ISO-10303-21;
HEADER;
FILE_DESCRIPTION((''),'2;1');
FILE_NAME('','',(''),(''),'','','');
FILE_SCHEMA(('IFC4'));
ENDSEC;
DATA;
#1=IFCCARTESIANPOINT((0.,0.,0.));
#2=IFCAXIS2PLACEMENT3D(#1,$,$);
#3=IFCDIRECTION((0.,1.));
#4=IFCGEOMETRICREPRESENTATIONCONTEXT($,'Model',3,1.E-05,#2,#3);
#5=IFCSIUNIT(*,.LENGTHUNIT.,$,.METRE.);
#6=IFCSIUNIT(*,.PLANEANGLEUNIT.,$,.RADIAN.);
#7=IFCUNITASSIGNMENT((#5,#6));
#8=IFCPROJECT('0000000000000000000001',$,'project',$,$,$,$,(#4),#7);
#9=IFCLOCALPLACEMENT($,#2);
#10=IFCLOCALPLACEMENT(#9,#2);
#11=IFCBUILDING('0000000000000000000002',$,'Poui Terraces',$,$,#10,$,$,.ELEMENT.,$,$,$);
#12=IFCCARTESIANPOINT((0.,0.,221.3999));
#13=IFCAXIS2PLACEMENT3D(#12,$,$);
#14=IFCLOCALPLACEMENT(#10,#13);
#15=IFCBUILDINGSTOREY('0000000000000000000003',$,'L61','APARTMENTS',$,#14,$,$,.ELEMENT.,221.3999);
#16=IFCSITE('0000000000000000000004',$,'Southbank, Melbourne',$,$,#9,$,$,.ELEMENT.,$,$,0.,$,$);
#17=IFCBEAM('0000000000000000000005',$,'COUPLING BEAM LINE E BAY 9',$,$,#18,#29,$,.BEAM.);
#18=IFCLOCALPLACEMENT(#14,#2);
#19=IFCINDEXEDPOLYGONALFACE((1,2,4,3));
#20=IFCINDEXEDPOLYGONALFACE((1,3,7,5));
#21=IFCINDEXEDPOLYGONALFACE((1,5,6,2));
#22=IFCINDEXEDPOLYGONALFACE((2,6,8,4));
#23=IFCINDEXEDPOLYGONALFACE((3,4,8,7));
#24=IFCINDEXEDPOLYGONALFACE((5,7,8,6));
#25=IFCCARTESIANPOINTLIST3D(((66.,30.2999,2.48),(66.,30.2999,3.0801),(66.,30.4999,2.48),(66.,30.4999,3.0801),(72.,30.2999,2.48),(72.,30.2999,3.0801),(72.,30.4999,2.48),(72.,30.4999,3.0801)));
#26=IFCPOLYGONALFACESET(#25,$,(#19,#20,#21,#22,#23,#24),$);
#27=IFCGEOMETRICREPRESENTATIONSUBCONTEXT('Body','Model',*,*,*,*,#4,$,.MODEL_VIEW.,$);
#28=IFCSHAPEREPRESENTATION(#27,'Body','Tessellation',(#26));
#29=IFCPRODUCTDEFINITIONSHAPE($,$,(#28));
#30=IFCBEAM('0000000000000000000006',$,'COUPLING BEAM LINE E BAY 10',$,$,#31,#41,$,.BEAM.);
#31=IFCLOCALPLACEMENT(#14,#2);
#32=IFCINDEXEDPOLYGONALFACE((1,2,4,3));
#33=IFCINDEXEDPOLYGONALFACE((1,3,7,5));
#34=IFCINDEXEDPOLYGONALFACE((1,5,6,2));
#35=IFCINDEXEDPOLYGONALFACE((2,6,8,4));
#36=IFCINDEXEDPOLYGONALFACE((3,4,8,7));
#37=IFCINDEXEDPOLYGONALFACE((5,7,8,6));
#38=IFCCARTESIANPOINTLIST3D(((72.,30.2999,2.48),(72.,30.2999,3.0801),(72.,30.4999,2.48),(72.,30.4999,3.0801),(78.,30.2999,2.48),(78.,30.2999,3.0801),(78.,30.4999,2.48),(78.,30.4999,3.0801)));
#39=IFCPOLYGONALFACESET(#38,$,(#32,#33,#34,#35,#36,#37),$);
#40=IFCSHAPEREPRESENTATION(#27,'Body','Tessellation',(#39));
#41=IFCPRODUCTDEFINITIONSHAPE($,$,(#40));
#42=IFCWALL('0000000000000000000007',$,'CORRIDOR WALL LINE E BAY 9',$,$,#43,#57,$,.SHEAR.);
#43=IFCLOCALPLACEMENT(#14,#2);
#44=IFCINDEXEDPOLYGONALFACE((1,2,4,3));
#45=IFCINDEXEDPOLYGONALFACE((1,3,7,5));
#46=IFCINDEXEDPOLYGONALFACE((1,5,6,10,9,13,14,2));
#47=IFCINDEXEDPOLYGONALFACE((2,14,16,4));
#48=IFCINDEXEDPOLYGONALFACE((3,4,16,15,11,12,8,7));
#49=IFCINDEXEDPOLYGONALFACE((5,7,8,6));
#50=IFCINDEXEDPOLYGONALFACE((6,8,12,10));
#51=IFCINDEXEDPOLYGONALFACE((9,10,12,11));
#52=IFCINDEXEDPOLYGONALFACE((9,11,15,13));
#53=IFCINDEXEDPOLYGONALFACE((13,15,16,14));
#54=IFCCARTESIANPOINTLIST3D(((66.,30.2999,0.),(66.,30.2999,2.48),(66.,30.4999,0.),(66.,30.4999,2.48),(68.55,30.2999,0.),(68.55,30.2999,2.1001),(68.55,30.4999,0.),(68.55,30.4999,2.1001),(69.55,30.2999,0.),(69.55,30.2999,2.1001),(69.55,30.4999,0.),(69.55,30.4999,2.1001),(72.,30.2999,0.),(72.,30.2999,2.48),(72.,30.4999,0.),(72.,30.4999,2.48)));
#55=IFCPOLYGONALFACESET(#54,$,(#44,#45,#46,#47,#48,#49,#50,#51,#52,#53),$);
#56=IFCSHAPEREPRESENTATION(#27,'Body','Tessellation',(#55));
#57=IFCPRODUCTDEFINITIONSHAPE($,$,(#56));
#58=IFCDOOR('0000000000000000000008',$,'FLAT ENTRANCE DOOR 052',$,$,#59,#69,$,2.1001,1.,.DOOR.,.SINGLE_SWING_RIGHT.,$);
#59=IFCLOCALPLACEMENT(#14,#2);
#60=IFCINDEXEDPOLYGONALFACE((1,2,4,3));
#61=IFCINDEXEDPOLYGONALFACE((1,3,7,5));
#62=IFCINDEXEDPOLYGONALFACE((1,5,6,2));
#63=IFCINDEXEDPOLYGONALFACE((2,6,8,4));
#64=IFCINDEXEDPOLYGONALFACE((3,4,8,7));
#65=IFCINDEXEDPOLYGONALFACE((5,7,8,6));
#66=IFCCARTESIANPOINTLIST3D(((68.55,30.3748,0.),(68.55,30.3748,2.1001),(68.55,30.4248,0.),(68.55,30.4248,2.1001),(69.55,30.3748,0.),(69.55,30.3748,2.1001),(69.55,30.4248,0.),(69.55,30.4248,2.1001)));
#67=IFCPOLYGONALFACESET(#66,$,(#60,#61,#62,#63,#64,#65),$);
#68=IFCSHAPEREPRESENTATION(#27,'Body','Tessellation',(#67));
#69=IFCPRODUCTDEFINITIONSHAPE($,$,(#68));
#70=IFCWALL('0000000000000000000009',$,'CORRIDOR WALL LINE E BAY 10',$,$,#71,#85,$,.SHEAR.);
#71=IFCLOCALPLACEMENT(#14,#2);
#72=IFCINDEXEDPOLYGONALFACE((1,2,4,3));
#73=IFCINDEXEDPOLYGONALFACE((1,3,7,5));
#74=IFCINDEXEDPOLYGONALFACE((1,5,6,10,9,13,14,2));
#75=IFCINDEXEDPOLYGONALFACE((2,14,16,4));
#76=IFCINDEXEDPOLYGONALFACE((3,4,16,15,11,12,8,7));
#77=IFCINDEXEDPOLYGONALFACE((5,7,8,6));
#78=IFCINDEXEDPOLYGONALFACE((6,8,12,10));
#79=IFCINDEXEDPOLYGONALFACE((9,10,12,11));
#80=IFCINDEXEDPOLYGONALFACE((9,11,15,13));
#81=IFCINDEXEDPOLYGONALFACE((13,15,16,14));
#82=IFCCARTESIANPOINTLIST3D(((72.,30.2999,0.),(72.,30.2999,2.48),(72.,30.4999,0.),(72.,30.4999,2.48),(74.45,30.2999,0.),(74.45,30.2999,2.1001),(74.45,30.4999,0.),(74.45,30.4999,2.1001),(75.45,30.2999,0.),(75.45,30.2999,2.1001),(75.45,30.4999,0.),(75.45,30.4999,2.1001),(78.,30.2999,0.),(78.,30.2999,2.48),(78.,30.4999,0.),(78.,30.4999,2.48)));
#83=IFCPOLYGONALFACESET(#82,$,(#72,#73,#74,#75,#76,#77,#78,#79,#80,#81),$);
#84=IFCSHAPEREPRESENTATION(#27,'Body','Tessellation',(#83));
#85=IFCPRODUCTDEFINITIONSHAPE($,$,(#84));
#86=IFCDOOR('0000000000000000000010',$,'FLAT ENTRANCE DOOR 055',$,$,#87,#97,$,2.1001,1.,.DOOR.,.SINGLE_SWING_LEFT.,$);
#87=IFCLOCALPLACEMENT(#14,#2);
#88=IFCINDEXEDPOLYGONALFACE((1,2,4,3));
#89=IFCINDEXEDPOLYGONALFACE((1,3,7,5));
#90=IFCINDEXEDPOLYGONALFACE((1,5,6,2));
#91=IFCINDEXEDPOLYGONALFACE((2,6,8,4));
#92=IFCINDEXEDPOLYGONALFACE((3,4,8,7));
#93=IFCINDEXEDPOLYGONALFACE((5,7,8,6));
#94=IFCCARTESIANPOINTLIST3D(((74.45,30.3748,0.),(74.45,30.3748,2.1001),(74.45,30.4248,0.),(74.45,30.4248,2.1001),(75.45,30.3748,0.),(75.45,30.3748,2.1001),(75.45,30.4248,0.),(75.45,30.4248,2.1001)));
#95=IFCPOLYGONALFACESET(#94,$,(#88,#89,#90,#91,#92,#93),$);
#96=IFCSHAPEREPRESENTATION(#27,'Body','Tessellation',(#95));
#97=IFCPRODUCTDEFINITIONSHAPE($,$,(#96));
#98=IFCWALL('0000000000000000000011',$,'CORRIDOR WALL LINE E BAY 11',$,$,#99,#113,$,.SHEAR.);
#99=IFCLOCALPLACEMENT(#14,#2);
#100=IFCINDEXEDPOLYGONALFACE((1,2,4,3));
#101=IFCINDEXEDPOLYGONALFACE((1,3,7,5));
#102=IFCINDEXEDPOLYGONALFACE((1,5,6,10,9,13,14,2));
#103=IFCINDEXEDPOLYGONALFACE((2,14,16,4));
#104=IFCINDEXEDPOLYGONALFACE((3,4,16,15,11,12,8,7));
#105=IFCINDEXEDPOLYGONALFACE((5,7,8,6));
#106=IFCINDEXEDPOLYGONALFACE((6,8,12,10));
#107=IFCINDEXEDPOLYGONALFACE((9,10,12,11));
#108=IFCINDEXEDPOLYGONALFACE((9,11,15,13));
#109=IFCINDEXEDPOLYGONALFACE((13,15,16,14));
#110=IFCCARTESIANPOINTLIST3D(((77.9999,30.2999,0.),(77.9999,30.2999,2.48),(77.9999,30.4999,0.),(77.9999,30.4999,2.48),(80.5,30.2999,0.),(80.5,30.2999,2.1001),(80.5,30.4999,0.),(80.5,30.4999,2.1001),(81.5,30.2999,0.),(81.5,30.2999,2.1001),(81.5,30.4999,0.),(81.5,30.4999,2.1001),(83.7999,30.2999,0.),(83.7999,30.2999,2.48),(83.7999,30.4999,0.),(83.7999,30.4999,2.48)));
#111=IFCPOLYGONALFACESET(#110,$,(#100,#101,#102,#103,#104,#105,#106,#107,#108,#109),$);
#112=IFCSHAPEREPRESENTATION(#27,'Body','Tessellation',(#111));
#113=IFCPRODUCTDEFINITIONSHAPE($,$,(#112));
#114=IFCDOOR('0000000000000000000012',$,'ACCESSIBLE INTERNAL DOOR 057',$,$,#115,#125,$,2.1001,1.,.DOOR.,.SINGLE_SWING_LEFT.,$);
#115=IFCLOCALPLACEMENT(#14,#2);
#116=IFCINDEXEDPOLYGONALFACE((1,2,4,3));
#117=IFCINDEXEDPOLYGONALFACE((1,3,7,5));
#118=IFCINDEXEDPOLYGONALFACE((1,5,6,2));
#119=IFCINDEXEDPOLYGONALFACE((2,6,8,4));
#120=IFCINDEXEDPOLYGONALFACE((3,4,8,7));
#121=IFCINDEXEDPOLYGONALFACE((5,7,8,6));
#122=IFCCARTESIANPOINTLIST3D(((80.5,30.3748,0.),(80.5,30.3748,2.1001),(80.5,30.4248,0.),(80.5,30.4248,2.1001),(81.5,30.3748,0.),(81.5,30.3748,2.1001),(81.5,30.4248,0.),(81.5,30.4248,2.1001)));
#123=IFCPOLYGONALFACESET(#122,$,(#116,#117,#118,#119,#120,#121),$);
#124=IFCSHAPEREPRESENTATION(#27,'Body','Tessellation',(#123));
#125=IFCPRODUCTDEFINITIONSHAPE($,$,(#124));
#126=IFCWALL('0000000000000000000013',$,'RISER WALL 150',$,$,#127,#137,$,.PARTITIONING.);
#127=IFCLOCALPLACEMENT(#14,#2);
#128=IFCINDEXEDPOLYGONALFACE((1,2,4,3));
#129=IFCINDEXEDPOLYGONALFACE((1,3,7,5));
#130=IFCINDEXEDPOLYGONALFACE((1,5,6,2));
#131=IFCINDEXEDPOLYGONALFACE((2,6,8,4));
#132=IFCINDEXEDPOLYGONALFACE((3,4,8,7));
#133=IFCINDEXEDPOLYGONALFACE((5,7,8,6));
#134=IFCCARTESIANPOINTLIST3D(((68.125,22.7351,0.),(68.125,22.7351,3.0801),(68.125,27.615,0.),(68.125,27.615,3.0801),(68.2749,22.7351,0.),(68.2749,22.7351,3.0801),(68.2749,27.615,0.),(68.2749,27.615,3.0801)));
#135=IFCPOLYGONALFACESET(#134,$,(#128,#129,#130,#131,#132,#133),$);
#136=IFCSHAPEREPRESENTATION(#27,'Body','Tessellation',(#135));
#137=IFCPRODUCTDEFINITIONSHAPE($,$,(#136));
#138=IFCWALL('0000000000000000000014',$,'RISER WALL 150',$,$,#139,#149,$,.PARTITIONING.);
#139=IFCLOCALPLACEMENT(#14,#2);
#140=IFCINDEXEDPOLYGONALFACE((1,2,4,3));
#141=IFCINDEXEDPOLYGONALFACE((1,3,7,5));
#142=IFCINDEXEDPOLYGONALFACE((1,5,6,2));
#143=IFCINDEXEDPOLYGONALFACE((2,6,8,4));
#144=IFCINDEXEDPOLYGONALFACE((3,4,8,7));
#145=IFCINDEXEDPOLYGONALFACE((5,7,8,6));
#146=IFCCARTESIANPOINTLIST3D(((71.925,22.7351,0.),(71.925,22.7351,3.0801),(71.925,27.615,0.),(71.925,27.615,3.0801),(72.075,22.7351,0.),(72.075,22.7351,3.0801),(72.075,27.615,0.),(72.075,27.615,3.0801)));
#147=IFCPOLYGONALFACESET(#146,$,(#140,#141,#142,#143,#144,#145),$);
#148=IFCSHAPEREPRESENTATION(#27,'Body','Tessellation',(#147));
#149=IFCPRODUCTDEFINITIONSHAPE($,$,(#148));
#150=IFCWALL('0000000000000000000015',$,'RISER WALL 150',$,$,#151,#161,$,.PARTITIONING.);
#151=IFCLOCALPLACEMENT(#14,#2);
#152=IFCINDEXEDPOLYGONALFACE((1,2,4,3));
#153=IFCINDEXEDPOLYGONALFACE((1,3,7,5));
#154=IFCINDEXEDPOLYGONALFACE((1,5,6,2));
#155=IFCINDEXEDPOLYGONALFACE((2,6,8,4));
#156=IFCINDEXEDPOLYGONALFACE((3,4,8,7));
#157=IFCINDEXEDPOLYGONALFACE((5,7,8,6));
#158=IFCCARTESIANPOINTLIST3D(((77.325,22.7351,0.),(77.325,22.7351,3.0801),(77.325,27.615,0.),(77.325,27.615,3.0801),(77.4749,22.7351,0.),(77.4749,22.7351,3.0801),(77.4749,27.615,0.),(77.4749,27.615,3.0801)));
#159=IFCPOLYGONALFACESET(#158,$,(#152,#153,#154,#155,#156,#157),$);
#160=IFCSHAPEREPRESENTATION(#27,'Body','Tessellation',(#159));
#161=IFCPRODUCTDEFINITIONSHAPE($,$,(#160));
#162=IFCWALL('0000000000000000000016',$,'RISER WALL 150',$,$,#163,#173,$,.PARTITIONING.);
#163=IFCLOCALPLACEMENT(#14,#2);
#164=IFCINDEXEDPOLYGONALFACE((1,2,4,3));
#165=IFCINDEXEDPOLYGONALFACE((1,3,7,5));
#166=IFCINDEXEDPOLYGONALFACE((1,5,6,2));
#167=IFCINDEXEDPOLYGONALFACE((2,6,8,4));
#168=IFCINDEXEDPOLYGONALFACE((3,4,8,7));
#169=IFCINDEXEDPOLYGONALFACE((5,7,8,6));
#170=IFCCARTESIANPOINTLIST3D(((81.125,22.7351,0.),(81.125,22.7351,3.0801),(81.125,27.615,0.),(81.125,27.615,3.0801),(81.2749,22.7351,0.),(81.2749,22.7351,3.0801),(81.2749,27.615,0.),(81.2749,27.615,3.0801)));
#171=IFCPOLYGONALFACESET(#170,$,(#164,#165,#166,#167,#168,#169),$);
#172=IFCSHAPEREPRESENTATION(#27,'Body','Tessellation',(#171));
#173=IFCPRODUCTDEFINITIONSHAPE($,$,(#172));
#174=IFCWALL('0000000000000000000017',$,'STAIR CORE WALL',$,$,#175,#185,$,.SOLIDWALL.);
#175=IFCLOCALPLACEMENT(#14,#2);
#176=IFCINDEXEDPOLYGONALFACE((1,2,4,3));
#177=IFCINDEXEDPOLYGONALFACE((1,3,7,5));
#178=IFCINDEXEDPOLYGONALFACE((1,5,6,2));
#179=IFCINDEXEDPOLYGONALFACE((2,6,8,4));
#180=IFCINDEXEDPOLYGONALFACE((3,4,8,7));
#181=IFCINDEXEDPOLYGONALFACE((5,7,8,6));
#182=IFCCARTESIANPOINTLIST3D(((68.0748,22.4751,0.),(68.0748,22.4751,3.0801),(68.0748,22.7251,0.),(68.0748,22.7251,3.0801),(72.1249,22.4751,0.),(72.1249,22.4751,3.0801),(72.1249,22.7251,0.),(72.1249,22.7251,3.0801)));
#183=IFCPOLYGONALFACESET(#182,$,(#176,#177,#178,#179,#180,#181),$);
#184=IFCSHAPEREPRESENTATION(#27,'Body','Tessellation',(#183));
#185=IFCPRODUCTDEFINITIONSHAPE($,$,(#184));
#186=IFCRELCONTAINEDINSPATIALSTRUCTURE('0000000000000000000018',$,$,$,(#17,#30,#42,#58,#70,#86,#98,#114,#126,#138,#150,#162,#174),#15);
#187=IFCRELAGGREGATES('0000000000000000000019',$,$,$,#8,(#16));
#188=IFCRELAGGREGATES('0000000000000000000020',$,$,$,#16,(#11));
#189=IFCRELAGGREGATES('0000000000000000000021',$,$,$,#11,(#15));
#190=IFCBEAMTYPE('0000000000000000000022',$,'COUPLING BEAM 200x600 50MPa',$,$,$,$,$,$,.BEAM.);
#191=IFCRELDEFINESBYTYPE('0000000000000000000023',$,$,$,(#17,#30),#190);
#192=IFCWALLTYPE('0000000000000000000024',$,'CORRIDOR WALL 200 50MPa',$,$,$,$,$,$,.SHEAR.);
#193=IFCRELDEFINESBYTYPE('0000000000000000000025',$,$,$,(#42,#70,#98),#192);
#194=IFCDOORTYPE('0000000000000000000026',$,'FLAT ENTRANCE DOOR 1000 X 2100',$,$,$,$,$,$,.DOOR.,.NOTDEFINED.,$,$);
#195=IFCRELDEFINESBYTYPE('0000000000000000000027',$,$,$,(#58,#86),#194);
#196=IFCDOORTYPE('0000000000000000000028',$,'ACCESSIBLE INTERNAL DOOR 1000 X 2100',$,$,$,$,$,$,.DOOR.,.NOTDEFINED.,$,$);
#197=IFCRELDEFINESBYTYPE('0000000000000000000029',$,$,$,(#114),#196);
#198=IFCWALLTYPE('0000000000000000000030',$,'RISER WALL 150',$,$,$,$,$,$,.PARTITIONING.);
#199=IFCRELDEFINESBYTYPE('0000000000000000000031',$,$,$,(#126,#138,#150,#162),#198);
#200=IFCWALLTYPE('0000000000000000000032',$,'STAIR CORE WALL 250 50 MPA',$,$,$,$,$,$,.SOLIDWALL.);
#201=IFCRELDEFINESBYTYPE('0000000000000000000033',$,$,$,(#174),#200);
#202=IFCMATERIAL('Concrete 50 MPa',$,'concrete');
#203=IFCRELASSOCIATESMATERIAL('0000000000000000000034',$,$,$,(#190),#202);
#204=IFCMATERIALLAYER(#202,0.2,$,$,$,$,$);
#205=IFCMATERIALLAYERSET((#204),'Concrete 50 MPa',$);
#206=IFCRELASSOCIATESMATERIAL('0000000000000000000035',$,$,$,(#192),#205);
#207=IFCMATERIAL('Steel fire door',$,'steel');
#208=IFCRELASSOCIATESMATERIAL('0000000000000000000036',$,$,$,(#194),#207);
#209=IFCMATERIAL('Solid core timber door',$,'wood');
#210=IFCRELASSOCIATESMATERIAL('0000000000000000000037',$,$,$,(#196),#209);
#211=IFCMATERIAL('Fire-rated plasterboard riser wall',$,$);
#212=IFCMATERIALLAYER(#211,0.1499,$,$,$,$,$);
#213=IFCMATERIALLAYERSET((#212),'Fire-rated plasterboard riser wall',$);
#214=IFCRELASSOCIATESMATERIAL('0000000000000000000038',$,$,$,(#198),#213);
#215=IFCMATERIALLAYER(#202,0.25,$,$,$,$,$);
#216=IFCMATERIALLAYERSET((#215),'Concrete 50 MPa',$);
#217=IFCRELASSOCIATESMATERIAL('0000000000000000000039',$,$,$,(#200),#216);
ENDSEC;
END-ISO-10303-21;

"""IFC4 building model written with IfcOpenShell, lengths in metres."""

from ifc_helpers import new_model, si_unit, direction, frame, frame_2d, origin, origin_2d, place, context, subcontext, project, spatial, rectangle, extrude, source, transform, mapped, material, layer, layer_set, material_profile, profile_set, type_object, element, fill, save


model = new_model("IFC4")

# Units and contexts
model_context = context("Model", 3, precision=1e-05, world=origin(), true_north=direction((0.0, 1.0)))
body_context = subcontext(model_context, "Body", "Model", "MODEL_VIEW")
ifc_project = project(units=[si_unit("LENGTHUNIT", "METRE"), si_unit("PLANEANGLEUNIT", "RADIAN")], contexts=[model_context])

# Site, building, storey
site_placement = place(None, origin())
site = spatial("IfcSite", under=ifc_project, at=site_placement, Name="Southbank, Melbourne", CompositionType="ELEMENT", RefElevation=0.0)
building_placement = place(site_placement, origin())
building = spatial("IfcBuilding", under=site, at=building_placement, Name="Poui Terraces", CompositionType="ELEMENT")
storey_placement = place(building_placement, frame((0.0, 0.0, 221.3999)))
storey = spatial("IfcBuildingStorey", under=building, at=storey_placement, Name="L61", Description="APARTMENTS", CompositionType="ELEMENT", Elevation=221.3999)

# Beams
ifc_material_1 = material(Name="Concrete 50 MPa", Category="concrete")
ifc_material_profile = material_profile(ifc_material_1, rectangle(XDim=0.2, YDim=0.6001, at=origin_2d()), Name="RC 200x600")
ifc_profile_set = profile_set([ifc_material_profile], Name="Concrete 50 MPa")
beam_type = type_object("IfcBeamType", Name="COUPLING BEAM 200x600 50MPa", PredefinedType="BEAM", material=ifc_profile_set)
shared_shape = source(origin(), body_context, "Body", "SweptSolid", [
    extrude(rectangle(XDim=0.2, YDim=0.6001, at=origin_2d()), origin(), (0.0, 0.0, 1.0), 6.0),
])
for number, where, z_axis, x_axis, name in (
    (1, (66.0, 30.3999, 2.78), (1.0, 0.0, 0.0), (0.0, 1.0, 0.0), "COUPLING BEAM LINE E BAY 9"),
    (2, (72.0, 30.3999, 2.78), (1.0, 0.0, 0.0), (0.0, 1.0, 0.0), "COUPLING BEAM LINE E BAY 10"),
):
    element("IfcBeam", number, at=place(storey_placement, frame(where, z_axis=z_axis, x_axis=x_axis)), inside=storey, type_object=beam_type, Name=name, PredefinedType="BEAM", context=body_context, shape_type="MappedRepresentation", body=[
        mapped(shared_shape, transform((0.0, 0.0, 0.0))),
    ])

# Walls, openings, doors
ifc_layer_1 = layer(ifc_material_1, 0.2)
ifc_layer_set_1 = layer_set([ifc_layer_1], Name="Concrete 50 MPa")
wall_type_1 = type_object("IfcWallType", Name="CORRIDOR WALL 200 50MPa", PredefinedType="SHEAR", material=ifc_layer_set_1)
wall_1_placement = place(storey_placement, frame((66.0, 30.3999, 0.0), z_axis=(0.0, 0.0, 1.0), x_axis=(1.0, 0.0, 0.0)))
wall_1 = element("IfcWall", 3, at=wall_1_placement, inside=storey, type_object=wall_type_1, Name="CORRIDOR WALL LINE E BAY 9", PredefinedType="SHEAR", context=body_context, shape_type="SweptSolid", body=[
    extrude(rectangle(XDim=6.0, YDim=0.2, at=frame_2d((3.0, 0.0))), origin(), (0.0, 0.0, 1.0), 2.48),
])
opening_1_placement = place(wall_1_placement, frame((2.55, 0.0, 0.0)))
opening_1 = element("IfcOpeningElement", 4, at=opening_1_placement, cuts=wall_1, PredefinedType="OPENING", context=body_context, shape_type="SweptSolid", body=[
    extrude(rectangle(XDim=1.0, YDim=2.1001, at=frame_2d((0.5, 1.05))), frame((0.0, 0.1099, 0.0), z_axis=(0.0, -1.0, 0.0), x_axis=(1.0, 0.0, 0.0)), (0.0, 0.0, 1.0), 0.22),
])
ifc_material_2 = material(Name="Steel fire door", Category="steel")
door_type_1 = type_object("IfcDoorType", Name="FLAT ENTRANCE DOOR 1000 X 2100", OperationType="NOTDEFINED", PredefinedType="DOOR", material=ifc_material_2)
door_1_placement = place(opening_1_placement, origin())
door_1 = element("IfcDoor", 5, at=door_1_placement, inside=storey, type_object=door_type_1, Name="FLAT ENTRANCE DOOR 052", OperationType="SINGLE_SWING_RIGHT", OverallHeight=2.1001, OverallWidth=1.0, PredefinedType="DOOR", context=body_context, shape_type="SweptSolid", body=[
    extrude(rectangle(XDim=1.0, YDim=2.1001, at=frame_2d((0.5, 1.05))), frame((0.0, 0.0249, 0.0), z_axis=(0.0, -1.0, 0.0), x_axis=(1.0, 0.0, 0.0)), (0.0, 0.0, 1.0), 0.05),
])
fill(opening_1, door_1)
wall_2_placement = place(storey_placement, frame((72.0, 30.3999, 0.0), z_axis=(0.0, 0.0, 1.0), x_axis=(1.0, 0.0, 0.0)))
wall_2 = element("IfcWall", 6, at=wall_2_placement, inside=storey, type_object=wall_type_1, Name="CORRIDOR WALL LINE E BAY 10", PredefinedType="SHEAR", context=body_context, shape_type="SweptSolid", body=[
    extrude(rectangle(XDim=6.0, YDim=0.2, at=frame_2d((3.0, 0.0))), origin(), (0.0, 0.0, 1.0), 2.48),
])
opening_2_placement = place(wall_2_placement, frame((2.45, 0.0, 0.0)))
opening_2 = element("IfcOpeningElement", 7, at=opening_2_placement, cuts=wall_2, PredefinedType="OPENING", context=body_context, shape_type="SweptSolid", body=[
    extrude(rectangle(XDim=1.0, YDim=2.1001, at=frame_2d((0.5, 1.05))), frame((0.0, 0.1099, 0.0), z_axis=(0.0, -1.0, 0.0), x_axis=(1.0, 0.0, 0.0)), (0.0, 0.0, 1.0), 0.22),
])
door_2_placement = place(opening_2_placement, origin())
door_2 = element("IfcDoor", 8, at=door_2_placement, inside=storey, type_object=door_type_1, Name="FLAT ENTRANCE DOOR 055", OperationType="SINGLE_SWING_LEFT", OverallHeight=2.1001, OverallWidth=1.0, PredefinedType="DOOR", context=body_context, shape_type="SweptSolid", body=[
    extrude(rectangle(XDim=1.0, YDim=2.1001, at=frame_2d((0.5, 1.05))), frame((0.0, 0.0249, 0.0), z_axis=(0.0, -1.0, 0.0), x_axis=(1.0, 0.0, 0.0)), (0.0, 0.0, 1.0), 0.05),
])
fill(opening_2, door_2)
wall_3_placement = place(storey_placement, frame((78.0, 30.3999, 0.0), z_axis=(0.0, 0.0, 1.0), x_axis=(1.0, 0.0, 0.0)))
wall_3 = element("IfcWall", 9, at=wall_3_placement, inside=storey, type_object=wall_type_1, Name="CORRIDOR WALL LINE E BAY 11", PredefinedType="SHEAR", context=body_context, shape_type="SweptSolid", body=[
    extrude(rectangle(XDim=5.8, YDim=0.2, at=frame_2d((2.8999, 0.0))), origin(), (0.0, 0.0, 1.0), 2.48),
])
opening_3_placement = place(wall_3_placement, frame((2.5, 0.0, 0.0)))
opening_3 = element("IfcOpeningElement", 10, at=opening_3_placement, cuts=wall_3, PredefinedType="OPENING", context=body_context, shape_type="SweptSolid", body=[
    extrude(rectangle(XDim=1.0, YDim=2.1001, at=frame_2d((0.5, 1.05))), frame((0.0, 0.1099, 0.0), z_axis=(0.0, -1.0, 0.0), x_axis=(1.0, 0.0, 0.0)), (0.0, 0.0, 1.0), 0.22),
])
ifc_material_3 = material(Name="Solid core timber door", Category="wood")
door_type_2 = type_object("IfcDoorType", Name="ACCESSIBLE INTERNAL DOOR 1000 X 2100", OperationType="NOTDEFINED", PredefinedType="DOOR", material=ifc_material_3)
door_3_placement = place(opening_3_placement, origin())
door_3 = element("IfcDoor", 11, at=door_3_placement, inside=storey, type_object=door_type_2, Name="ACCESSIBLE INTERNAL DOOR 057", OperationType="SINGLE_SWING_LEFT", OverallHeight=2.1001, OverallWidth=1.0, PredefinedType="DOOR", context=body_context, shape_type="SweptSolid", body=[
    extrude(rectangle(XDim=1.0, YDim=2.1001, at=frame_2d((0.5, 1.05))), frame((0.0, 0.0249, 0.0), z_axis=(0.0, -1.0, 0.0), x_axis=(1.0, 0.0, 0.0)), (0.0, 0.0, 1.0), 0.05),
])
fill(opening_3, door_3)

# Walls
ifc_material_4 = material(Name="Fire-rated plasterboard riser wall")
ifc_layer_2 = layer(ifc_material_4, 0.1499)
ifc_layer_set_2 = layer_set([ifc_layer_2], Name="Fire-rated plasterboard riser wall")
wall_type_2 = type_object("IfcWallType", Name="RISER WALL 150", PredefinedType="PARTITIONING", material=ifc_layer_set_2)
for number, where, z_axis, x_axis, name in (
    (12, (68.2, 22.7351, 0.0), (0.0, 0.0, 1.0), (0.0, 1.0, 0.0), "RISER WALL 150"),
    (13, (72.0, 22.7351, 0.0), (0.0, 0.0, 1.0), (0.0, 1.0, 0.0), "RISER WALL 150"),
    (14, (77.3999, 22.7351, 0.0), (0.0, 0.0, 1.0), (0.0, 1.0, 0.0), "RISER WALL 150"),
    (15, (81.2, 22.7351, 0.0), (0.0, 0.0, 1.0), (0.0, 1.0, 0.0), "RISER WALL 150"),
):
    element("IfcWall", number, at=place(storey_placement, frame(where, z_axis=z_axis, x_axis=x_axis)), inside=storey, type_object=wall_type_2, Name=name, PredefinedType="PARTITIONING", context=body_context, shape_type="SweptSolid", body=[
        extrude(rectangle(XDim=4.8799, YDim=0.1499, at=frame_2d((2.4399, 0.0))), origin(), (0.0, 0.0, 1.0), 3.0801),
    ])
ifc_layer_3 = layer(ifc_material_1, 0.25)
ifc_layer_set_3 = layer_set([ifc_layer_3], Name="Concrete 50 MPa")
wall_type_3 = type_object("IfcWallType", Name="STAIR CORE WALL 250 50 MPA", PredefinedType="SOLIDWALL", material=ifc_layer_set_3)
for number, where, z_axis, x_axis, name in (
    (16, (68.075, 22.6001, 0.0), (0.0, 0.0, 1.0), (1.0, 0.0, 0.0), "STAIR CORE WALL"),
):
    element("IfcWall", number, at=place(storey_placement, frame(where, z_axis=z_axis, x_axis=x_axis)), inside=storey, type_object=wall_type_3, Name=name, PredefinedType="SOLIDWALL", context=body_context, shape_type="SweptSolid", body=[
        extrude(rectangle(XDim=4.05, YDim=0.25, at=frame_2d((2.0249, 0.0))), origin(), (0.0, 0.0, 1.0), 3.0801),
    ])

save(model, "model.ifc")
